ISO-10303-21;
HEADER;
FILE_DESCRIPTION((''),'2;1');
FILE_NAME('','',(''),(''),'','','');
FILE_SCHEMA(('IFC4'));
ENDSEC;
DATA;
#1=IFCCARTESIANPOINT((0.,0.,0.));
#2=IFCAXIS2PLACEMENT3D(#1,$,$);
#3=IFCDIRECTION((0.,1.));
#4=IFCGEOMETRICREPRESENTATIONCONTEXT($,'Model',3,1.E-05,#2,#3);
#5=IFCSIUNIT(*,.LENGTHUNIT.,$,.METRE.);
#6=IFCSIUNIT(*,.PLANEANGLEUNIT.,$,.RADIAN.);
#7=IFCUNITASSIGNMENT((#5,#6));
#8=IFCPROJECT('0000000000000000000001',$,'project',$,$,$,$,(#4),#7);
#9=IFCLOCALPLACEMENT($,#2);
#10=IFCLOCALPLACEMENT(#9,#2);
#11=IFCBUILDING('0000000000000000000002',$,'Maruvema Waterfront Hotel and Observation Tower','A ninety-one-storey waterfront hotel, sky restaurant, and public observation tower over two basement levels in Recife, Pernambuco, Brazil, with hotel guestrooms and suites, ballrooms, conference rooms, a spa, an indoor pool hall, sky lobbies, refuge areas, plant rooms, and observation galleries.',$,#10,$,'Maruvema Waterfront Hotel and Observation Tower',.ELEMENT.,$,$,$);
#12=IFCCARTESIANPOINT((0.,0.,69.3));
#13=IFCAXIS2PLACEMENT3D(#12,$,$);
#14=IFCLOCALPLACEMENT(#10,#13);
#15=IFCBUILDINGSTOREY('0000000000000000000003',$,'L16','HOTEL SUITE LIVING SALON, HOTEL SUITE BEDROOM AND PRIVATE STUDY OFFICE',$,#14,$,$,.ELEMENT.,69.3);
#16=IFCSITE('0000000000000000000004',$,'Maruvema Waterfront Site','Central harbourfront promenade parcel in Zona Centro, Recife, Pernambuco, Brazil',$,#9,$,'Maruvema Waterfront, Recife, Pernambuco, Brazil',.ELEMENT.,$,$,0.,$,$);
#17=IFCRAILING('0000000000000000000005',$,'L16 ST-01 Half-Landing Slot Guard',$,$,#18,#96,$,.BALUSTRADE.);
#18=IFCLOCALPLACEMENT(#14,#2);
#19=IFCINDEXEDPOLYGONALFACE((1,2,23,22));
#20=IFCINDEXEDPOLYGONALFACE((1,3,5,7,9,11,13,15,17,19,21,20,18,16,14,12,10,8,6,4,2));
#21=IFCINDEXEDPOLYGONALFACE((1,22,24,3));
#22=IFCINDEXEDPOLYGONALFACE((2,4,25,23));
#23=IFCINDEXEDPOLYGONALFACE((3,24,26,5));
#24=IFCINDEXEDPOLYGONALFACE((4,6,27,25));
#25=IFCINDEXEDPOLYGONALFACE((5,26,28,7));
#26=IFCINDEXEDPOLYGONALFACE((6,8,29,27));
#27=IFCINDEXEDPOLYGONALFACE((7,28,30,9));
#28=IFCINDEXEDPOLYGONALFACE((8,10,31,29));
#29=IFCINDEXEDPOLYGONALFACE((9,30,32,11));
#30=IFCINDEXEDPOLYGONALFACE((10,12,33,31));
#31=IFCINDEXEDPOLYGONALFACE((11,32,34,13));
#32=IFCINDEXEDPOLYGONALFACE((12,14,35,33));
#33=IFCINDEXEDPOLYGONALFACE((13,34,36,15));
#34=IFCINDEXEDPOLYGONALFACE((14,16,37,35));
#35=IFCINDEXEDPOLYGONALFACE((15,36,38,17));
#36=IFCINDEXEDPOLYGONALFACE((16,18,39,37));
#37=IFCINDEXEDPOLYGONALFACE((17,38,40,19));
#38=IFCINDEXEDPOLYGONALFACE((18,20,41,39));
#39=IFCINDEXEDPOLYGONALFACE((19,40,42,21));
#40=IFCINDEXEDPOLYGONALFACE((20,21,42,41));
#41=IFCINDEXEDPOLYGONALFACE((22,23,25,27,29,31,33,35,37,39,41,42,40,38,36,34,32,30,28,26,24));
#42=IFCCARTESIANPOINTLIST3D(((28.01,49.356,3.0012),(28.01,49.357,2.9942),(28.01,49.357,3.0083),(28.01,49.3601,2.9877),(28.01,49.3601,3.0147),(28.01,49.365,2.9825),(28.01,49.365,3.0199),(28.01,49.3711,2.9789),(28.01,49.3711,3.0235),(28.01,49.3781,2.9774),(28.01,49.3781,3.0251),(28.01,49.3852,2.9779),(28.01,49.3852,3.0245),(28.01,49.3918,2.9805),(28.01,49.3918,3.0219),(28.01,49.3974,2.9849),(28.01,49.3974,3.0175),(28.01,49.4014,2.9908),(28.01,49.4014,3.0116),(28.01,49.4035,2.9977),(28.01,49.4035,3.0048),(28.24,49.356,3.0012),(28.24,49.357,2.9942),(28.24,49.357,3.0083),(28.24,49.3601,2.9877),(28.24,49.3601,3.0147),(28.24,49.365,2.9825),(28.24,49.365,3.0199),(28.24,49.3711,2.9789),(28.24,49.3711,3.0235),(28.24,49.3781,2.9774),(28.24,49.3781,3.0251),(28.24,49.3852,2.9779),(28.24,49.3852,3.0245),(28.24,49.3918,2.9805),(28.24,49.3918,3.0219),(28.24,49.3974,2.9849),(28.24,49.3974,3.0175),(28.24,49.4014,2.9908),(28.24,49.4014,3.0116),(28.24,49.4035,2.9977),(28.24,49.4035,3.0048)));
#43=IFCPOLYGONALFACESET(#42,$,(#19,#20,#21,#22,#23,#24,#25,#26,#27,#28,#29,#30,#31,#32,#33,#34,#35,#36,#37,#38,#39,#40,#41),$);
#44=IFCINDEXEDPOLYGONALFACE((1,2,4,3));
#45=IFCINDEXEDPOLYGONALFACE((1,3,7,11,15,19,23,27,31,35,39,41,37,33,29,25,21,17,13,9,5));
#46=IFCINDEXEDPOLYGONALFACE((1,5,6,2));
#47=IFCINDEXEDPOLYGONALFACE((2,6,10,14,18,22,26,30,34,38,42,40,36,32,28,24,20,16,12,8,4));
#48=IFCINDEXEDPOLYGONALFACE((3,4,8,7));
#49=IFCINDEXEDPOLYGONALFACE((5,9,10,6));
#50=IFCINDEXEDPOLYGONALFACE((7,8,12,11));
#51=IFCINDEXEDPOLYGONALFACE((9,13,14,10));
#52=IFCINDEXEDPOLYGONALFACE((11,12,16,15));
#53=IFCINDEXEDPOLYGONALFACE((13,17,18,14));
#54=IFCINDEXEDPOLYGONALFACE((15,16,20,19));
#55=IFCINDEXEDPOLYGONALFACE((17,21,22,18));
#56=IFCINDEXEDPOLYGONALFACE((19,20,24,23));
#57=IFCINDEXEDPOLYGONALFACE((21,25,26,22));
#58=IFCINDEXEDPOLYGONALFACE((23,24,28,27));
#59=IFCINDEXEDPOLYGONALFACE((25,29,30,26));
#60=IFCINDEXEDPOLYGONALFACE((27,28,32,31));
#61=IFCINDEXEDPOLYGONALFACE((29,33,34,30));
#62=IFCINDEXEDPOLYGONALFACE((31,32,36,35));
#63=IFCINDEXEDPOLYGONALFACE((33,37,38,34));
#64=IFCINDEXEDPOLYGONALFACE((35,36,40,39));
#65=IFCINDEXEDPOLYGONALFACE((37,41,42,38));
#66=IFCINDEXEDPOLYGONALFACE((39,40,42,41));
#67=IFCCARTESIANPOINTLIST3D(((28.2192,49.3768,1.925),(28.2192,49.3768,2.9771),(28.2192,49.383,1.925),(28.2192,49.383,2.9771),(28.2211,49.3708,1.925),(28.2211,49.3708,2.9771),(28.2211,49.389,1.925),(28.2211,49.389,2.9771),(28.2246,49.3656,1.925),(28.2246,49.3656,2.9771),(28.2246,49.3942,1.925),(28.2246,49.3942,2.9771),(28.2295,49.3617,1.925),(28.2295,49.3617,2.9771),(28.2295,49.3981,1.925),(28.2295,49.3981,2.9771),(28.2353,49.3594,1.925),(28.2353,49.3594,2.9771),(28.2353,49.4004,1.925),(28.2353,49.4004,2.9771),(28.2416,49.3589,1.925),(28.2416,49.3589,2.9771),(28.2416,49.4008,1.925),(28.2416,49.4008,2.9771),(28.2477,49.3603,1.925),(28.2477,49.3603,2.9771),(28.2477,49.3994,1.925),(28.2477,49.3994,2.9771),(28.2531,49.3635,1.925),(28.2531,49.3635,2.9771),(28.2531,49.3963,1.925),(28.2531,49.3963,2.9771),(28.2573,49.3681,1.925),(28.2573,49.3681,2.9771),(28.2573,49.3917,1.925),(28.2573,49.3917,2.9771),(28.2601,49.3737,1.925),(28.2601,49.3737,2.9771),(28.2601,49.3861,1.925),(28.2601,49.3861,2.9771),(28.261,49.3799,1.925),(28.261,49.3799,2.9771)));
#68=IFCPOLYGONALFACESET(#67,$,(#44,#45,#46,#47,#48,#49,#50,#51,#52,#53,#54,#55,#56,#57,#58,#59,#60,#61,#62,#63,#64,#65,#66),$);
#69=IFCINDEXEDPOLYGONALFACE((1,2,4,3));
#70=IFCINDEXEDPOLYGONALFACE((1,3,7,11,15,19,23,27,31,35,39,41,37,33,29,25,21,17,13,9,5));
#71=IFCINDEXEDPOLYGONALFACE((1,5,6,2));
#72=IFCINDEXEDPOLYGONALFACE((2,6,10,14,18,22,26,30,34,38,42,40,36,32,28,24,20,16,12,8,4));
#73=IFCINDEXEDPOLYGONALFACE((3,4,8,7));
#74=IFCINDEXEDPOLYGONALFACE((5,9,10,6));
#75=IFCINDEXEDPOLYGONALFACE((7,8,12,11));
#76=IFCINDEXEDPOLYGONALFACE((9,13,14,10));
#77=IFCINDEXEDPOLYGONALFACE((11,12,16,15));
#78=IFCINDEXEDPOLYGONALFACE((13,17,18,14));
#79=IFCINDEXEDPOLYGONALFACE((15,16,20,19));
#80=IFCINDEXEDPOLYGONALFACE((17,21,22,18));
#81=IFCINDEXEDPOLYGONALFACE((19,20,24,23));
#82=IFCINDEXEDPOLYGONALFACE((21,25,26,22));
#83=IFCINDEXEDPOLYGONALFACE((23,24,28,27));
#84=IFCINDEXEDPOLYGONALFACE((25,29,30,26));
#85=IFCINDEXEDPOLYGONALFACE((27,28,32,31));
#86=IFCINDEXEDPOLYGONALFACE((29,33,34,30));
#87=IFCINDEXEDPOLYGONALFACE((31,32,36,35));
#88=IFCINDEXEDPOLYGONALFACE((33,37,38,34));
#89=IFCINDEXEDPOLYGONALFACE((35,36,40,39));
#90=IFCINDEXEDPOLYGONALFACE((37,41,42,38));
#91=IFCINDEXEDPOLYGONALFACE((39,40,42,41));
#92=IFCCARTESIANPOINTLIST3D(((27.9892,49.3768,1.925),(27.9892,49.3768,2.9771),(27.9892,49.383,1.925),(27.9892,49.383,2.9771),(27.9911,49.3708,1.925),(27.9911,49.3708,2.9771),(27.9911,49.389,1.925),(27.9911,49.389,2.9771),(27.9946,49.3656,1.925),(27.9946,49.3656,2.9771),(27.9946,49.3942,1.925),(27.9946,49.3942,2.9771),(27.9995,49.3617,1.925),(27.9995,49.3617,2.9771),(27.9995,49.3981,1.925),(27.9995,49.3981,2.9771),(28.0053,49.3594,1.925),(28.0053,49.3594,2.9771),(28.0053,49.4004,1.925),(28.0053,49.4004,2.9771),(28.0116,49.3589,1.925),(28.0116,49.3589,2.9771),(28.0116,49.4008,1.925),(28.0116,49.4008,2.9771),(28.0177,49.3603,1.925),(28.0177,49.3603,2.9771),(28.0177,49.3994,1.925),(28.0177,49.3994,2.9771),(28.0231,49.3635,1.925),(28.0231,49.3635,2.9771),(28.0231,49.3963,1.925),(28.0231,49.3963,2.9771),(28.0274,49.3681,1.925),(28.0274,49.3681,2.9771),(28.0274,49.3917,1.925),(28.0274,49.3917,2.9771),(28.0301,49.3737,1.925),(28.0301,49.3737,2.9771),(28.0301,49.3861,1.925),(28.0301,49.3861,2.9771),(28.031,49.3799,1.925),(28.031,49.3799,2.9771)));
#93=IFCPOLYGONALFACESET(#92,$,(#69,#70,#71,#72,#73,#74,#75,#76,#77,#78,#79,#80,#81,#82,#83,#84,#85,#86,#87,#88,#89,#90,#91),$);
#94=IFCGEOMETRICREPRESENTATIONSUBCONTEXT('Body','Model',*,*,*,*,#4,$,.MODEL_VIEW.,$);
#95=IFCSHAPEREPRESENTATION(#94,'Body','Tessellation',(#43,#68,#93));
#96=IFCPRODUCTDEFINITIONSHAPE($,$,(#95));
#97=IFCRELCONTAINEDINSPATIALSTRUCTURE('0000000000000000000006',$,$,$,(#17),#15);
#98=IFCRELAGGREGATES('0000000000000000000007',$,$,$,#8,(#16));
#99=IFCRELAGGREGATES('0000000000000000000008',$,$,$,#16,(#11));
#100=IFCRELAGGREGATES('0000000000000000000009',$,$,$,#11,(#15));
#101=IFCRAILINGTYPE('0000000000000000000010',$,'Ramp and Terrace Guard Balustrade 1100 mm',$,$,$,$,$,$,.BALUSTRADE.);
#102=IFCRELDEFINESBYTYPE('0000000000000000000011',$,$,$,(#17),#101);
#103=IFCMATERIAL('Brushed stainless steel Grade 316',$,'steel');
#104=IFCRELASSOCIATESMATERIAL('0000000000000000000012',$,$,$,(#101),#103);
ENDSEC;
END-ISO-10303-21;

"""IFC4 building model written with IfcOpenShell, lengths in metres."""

from ifc_helpers import new_model, si_unit, direction, frame, origin, origin_2d, place, context, subcontext, project, spatial, circle, extrude, material, type_object, element, save


model = new_model("IFC4")

# Units and contexts
model_context = context("Model", 3, precision=1e-05, world=origin(), true_north=direction((0.0, 1.0)))
body_context = subcontext(model_context, "Body", "Model", "MODEL_VIEW")
ifc_project = project(units=[si_unit("LENGTHUNIT", "METRE"), si_unit("PLANEANGLEUNIT", "RADIAN")], contexts=[model_context])

# Site, building, storey
site_placement = place(None, origin())
site = spatial("IfcSite", under=ifc_project, at=site_placement, Name="Maruvema Waterfront Site", Description="Central harbourfront promenade parcel in Zona Centro, Recife, Pernambuco, Brazil", LongName="Maruvema Waterfront, Recife, Pernambuco, Brazil", CompositionType="ELEMENT", RefElevation=0.0)
building_placement = place(site_placement, origin())
building = spatial("IfcBuilding", under=site, at=building_placement, Name="Maruvema Waterfront Hotel and Observation Tower", Description="A ninety-one-storey waterfront hotel, sky restaurant, and public observation tower over two basement levels in Recife, Pernambuco, Brazil, with hotel guestrooms and suites, ballrooms, conference rooms, a spa, an indoor pool hall, sky lobbies, refuge areas, plant rooms, and observation galleries.", LongName="Maruvema Waterfront Hotel and Observation Tower", CompositionType="ELEMENT")
storey_placement = place(building_placement, frame((0.0, 0.0, 69.3)))
storey = spatial("IfcBuildingStorey", under=building, at=storey_placement, Name="L16", Description="HOTEL SUITE LIVING SALON, HOTEL SUITE BEDROOM AND PRIVATE STUDY OFFICE", CompositionType="ELEMENT", Elevation=69.3)

# Railing
ifc_material_1 = material(Name="Brushed stainless steel Grade 316", Category="steel")
railing_type_1 = type_object("IfcRailingType", Name="Ramp and Terrace Guard Balustrade 1100 mm", PredefinedType="BALUSTRADE", material=ifc_material_1)
railing_1_placement = place(storey_placement, frame((28.24, 49.3799, 1.925)))
element("IfcRailing", 1, at=railing_1_placement, inside=storey, type_object=railing_type_1, Name="L16 ST-01 Half-Landing Slot Guard", PredefinedType="BALUSTRADE", context=body_context, shape_type="SweptSolid", body=[
    extrude(circle(Radius=0.0239, at=origin_2d()), frame((0.0, 0.0, 1.0762), z_axis=(-1.0, 0.0, 0.0), x_axis=(0.0, -1.0, 0.0)), (0.0, 0.0, 1.0), 0.23),
    extrude(circle(Radius=0.021, at=origin_2d()), origin(), (0.0, 0.0, 1.0), 1.052),
    extrude(circle(Radius=0.021, at=origin_2d()), frame((-0.23, 0.0, 0.0)), (0.0, 0.0, 1.0), 1.052),
])

save(model, "model.ifc")
